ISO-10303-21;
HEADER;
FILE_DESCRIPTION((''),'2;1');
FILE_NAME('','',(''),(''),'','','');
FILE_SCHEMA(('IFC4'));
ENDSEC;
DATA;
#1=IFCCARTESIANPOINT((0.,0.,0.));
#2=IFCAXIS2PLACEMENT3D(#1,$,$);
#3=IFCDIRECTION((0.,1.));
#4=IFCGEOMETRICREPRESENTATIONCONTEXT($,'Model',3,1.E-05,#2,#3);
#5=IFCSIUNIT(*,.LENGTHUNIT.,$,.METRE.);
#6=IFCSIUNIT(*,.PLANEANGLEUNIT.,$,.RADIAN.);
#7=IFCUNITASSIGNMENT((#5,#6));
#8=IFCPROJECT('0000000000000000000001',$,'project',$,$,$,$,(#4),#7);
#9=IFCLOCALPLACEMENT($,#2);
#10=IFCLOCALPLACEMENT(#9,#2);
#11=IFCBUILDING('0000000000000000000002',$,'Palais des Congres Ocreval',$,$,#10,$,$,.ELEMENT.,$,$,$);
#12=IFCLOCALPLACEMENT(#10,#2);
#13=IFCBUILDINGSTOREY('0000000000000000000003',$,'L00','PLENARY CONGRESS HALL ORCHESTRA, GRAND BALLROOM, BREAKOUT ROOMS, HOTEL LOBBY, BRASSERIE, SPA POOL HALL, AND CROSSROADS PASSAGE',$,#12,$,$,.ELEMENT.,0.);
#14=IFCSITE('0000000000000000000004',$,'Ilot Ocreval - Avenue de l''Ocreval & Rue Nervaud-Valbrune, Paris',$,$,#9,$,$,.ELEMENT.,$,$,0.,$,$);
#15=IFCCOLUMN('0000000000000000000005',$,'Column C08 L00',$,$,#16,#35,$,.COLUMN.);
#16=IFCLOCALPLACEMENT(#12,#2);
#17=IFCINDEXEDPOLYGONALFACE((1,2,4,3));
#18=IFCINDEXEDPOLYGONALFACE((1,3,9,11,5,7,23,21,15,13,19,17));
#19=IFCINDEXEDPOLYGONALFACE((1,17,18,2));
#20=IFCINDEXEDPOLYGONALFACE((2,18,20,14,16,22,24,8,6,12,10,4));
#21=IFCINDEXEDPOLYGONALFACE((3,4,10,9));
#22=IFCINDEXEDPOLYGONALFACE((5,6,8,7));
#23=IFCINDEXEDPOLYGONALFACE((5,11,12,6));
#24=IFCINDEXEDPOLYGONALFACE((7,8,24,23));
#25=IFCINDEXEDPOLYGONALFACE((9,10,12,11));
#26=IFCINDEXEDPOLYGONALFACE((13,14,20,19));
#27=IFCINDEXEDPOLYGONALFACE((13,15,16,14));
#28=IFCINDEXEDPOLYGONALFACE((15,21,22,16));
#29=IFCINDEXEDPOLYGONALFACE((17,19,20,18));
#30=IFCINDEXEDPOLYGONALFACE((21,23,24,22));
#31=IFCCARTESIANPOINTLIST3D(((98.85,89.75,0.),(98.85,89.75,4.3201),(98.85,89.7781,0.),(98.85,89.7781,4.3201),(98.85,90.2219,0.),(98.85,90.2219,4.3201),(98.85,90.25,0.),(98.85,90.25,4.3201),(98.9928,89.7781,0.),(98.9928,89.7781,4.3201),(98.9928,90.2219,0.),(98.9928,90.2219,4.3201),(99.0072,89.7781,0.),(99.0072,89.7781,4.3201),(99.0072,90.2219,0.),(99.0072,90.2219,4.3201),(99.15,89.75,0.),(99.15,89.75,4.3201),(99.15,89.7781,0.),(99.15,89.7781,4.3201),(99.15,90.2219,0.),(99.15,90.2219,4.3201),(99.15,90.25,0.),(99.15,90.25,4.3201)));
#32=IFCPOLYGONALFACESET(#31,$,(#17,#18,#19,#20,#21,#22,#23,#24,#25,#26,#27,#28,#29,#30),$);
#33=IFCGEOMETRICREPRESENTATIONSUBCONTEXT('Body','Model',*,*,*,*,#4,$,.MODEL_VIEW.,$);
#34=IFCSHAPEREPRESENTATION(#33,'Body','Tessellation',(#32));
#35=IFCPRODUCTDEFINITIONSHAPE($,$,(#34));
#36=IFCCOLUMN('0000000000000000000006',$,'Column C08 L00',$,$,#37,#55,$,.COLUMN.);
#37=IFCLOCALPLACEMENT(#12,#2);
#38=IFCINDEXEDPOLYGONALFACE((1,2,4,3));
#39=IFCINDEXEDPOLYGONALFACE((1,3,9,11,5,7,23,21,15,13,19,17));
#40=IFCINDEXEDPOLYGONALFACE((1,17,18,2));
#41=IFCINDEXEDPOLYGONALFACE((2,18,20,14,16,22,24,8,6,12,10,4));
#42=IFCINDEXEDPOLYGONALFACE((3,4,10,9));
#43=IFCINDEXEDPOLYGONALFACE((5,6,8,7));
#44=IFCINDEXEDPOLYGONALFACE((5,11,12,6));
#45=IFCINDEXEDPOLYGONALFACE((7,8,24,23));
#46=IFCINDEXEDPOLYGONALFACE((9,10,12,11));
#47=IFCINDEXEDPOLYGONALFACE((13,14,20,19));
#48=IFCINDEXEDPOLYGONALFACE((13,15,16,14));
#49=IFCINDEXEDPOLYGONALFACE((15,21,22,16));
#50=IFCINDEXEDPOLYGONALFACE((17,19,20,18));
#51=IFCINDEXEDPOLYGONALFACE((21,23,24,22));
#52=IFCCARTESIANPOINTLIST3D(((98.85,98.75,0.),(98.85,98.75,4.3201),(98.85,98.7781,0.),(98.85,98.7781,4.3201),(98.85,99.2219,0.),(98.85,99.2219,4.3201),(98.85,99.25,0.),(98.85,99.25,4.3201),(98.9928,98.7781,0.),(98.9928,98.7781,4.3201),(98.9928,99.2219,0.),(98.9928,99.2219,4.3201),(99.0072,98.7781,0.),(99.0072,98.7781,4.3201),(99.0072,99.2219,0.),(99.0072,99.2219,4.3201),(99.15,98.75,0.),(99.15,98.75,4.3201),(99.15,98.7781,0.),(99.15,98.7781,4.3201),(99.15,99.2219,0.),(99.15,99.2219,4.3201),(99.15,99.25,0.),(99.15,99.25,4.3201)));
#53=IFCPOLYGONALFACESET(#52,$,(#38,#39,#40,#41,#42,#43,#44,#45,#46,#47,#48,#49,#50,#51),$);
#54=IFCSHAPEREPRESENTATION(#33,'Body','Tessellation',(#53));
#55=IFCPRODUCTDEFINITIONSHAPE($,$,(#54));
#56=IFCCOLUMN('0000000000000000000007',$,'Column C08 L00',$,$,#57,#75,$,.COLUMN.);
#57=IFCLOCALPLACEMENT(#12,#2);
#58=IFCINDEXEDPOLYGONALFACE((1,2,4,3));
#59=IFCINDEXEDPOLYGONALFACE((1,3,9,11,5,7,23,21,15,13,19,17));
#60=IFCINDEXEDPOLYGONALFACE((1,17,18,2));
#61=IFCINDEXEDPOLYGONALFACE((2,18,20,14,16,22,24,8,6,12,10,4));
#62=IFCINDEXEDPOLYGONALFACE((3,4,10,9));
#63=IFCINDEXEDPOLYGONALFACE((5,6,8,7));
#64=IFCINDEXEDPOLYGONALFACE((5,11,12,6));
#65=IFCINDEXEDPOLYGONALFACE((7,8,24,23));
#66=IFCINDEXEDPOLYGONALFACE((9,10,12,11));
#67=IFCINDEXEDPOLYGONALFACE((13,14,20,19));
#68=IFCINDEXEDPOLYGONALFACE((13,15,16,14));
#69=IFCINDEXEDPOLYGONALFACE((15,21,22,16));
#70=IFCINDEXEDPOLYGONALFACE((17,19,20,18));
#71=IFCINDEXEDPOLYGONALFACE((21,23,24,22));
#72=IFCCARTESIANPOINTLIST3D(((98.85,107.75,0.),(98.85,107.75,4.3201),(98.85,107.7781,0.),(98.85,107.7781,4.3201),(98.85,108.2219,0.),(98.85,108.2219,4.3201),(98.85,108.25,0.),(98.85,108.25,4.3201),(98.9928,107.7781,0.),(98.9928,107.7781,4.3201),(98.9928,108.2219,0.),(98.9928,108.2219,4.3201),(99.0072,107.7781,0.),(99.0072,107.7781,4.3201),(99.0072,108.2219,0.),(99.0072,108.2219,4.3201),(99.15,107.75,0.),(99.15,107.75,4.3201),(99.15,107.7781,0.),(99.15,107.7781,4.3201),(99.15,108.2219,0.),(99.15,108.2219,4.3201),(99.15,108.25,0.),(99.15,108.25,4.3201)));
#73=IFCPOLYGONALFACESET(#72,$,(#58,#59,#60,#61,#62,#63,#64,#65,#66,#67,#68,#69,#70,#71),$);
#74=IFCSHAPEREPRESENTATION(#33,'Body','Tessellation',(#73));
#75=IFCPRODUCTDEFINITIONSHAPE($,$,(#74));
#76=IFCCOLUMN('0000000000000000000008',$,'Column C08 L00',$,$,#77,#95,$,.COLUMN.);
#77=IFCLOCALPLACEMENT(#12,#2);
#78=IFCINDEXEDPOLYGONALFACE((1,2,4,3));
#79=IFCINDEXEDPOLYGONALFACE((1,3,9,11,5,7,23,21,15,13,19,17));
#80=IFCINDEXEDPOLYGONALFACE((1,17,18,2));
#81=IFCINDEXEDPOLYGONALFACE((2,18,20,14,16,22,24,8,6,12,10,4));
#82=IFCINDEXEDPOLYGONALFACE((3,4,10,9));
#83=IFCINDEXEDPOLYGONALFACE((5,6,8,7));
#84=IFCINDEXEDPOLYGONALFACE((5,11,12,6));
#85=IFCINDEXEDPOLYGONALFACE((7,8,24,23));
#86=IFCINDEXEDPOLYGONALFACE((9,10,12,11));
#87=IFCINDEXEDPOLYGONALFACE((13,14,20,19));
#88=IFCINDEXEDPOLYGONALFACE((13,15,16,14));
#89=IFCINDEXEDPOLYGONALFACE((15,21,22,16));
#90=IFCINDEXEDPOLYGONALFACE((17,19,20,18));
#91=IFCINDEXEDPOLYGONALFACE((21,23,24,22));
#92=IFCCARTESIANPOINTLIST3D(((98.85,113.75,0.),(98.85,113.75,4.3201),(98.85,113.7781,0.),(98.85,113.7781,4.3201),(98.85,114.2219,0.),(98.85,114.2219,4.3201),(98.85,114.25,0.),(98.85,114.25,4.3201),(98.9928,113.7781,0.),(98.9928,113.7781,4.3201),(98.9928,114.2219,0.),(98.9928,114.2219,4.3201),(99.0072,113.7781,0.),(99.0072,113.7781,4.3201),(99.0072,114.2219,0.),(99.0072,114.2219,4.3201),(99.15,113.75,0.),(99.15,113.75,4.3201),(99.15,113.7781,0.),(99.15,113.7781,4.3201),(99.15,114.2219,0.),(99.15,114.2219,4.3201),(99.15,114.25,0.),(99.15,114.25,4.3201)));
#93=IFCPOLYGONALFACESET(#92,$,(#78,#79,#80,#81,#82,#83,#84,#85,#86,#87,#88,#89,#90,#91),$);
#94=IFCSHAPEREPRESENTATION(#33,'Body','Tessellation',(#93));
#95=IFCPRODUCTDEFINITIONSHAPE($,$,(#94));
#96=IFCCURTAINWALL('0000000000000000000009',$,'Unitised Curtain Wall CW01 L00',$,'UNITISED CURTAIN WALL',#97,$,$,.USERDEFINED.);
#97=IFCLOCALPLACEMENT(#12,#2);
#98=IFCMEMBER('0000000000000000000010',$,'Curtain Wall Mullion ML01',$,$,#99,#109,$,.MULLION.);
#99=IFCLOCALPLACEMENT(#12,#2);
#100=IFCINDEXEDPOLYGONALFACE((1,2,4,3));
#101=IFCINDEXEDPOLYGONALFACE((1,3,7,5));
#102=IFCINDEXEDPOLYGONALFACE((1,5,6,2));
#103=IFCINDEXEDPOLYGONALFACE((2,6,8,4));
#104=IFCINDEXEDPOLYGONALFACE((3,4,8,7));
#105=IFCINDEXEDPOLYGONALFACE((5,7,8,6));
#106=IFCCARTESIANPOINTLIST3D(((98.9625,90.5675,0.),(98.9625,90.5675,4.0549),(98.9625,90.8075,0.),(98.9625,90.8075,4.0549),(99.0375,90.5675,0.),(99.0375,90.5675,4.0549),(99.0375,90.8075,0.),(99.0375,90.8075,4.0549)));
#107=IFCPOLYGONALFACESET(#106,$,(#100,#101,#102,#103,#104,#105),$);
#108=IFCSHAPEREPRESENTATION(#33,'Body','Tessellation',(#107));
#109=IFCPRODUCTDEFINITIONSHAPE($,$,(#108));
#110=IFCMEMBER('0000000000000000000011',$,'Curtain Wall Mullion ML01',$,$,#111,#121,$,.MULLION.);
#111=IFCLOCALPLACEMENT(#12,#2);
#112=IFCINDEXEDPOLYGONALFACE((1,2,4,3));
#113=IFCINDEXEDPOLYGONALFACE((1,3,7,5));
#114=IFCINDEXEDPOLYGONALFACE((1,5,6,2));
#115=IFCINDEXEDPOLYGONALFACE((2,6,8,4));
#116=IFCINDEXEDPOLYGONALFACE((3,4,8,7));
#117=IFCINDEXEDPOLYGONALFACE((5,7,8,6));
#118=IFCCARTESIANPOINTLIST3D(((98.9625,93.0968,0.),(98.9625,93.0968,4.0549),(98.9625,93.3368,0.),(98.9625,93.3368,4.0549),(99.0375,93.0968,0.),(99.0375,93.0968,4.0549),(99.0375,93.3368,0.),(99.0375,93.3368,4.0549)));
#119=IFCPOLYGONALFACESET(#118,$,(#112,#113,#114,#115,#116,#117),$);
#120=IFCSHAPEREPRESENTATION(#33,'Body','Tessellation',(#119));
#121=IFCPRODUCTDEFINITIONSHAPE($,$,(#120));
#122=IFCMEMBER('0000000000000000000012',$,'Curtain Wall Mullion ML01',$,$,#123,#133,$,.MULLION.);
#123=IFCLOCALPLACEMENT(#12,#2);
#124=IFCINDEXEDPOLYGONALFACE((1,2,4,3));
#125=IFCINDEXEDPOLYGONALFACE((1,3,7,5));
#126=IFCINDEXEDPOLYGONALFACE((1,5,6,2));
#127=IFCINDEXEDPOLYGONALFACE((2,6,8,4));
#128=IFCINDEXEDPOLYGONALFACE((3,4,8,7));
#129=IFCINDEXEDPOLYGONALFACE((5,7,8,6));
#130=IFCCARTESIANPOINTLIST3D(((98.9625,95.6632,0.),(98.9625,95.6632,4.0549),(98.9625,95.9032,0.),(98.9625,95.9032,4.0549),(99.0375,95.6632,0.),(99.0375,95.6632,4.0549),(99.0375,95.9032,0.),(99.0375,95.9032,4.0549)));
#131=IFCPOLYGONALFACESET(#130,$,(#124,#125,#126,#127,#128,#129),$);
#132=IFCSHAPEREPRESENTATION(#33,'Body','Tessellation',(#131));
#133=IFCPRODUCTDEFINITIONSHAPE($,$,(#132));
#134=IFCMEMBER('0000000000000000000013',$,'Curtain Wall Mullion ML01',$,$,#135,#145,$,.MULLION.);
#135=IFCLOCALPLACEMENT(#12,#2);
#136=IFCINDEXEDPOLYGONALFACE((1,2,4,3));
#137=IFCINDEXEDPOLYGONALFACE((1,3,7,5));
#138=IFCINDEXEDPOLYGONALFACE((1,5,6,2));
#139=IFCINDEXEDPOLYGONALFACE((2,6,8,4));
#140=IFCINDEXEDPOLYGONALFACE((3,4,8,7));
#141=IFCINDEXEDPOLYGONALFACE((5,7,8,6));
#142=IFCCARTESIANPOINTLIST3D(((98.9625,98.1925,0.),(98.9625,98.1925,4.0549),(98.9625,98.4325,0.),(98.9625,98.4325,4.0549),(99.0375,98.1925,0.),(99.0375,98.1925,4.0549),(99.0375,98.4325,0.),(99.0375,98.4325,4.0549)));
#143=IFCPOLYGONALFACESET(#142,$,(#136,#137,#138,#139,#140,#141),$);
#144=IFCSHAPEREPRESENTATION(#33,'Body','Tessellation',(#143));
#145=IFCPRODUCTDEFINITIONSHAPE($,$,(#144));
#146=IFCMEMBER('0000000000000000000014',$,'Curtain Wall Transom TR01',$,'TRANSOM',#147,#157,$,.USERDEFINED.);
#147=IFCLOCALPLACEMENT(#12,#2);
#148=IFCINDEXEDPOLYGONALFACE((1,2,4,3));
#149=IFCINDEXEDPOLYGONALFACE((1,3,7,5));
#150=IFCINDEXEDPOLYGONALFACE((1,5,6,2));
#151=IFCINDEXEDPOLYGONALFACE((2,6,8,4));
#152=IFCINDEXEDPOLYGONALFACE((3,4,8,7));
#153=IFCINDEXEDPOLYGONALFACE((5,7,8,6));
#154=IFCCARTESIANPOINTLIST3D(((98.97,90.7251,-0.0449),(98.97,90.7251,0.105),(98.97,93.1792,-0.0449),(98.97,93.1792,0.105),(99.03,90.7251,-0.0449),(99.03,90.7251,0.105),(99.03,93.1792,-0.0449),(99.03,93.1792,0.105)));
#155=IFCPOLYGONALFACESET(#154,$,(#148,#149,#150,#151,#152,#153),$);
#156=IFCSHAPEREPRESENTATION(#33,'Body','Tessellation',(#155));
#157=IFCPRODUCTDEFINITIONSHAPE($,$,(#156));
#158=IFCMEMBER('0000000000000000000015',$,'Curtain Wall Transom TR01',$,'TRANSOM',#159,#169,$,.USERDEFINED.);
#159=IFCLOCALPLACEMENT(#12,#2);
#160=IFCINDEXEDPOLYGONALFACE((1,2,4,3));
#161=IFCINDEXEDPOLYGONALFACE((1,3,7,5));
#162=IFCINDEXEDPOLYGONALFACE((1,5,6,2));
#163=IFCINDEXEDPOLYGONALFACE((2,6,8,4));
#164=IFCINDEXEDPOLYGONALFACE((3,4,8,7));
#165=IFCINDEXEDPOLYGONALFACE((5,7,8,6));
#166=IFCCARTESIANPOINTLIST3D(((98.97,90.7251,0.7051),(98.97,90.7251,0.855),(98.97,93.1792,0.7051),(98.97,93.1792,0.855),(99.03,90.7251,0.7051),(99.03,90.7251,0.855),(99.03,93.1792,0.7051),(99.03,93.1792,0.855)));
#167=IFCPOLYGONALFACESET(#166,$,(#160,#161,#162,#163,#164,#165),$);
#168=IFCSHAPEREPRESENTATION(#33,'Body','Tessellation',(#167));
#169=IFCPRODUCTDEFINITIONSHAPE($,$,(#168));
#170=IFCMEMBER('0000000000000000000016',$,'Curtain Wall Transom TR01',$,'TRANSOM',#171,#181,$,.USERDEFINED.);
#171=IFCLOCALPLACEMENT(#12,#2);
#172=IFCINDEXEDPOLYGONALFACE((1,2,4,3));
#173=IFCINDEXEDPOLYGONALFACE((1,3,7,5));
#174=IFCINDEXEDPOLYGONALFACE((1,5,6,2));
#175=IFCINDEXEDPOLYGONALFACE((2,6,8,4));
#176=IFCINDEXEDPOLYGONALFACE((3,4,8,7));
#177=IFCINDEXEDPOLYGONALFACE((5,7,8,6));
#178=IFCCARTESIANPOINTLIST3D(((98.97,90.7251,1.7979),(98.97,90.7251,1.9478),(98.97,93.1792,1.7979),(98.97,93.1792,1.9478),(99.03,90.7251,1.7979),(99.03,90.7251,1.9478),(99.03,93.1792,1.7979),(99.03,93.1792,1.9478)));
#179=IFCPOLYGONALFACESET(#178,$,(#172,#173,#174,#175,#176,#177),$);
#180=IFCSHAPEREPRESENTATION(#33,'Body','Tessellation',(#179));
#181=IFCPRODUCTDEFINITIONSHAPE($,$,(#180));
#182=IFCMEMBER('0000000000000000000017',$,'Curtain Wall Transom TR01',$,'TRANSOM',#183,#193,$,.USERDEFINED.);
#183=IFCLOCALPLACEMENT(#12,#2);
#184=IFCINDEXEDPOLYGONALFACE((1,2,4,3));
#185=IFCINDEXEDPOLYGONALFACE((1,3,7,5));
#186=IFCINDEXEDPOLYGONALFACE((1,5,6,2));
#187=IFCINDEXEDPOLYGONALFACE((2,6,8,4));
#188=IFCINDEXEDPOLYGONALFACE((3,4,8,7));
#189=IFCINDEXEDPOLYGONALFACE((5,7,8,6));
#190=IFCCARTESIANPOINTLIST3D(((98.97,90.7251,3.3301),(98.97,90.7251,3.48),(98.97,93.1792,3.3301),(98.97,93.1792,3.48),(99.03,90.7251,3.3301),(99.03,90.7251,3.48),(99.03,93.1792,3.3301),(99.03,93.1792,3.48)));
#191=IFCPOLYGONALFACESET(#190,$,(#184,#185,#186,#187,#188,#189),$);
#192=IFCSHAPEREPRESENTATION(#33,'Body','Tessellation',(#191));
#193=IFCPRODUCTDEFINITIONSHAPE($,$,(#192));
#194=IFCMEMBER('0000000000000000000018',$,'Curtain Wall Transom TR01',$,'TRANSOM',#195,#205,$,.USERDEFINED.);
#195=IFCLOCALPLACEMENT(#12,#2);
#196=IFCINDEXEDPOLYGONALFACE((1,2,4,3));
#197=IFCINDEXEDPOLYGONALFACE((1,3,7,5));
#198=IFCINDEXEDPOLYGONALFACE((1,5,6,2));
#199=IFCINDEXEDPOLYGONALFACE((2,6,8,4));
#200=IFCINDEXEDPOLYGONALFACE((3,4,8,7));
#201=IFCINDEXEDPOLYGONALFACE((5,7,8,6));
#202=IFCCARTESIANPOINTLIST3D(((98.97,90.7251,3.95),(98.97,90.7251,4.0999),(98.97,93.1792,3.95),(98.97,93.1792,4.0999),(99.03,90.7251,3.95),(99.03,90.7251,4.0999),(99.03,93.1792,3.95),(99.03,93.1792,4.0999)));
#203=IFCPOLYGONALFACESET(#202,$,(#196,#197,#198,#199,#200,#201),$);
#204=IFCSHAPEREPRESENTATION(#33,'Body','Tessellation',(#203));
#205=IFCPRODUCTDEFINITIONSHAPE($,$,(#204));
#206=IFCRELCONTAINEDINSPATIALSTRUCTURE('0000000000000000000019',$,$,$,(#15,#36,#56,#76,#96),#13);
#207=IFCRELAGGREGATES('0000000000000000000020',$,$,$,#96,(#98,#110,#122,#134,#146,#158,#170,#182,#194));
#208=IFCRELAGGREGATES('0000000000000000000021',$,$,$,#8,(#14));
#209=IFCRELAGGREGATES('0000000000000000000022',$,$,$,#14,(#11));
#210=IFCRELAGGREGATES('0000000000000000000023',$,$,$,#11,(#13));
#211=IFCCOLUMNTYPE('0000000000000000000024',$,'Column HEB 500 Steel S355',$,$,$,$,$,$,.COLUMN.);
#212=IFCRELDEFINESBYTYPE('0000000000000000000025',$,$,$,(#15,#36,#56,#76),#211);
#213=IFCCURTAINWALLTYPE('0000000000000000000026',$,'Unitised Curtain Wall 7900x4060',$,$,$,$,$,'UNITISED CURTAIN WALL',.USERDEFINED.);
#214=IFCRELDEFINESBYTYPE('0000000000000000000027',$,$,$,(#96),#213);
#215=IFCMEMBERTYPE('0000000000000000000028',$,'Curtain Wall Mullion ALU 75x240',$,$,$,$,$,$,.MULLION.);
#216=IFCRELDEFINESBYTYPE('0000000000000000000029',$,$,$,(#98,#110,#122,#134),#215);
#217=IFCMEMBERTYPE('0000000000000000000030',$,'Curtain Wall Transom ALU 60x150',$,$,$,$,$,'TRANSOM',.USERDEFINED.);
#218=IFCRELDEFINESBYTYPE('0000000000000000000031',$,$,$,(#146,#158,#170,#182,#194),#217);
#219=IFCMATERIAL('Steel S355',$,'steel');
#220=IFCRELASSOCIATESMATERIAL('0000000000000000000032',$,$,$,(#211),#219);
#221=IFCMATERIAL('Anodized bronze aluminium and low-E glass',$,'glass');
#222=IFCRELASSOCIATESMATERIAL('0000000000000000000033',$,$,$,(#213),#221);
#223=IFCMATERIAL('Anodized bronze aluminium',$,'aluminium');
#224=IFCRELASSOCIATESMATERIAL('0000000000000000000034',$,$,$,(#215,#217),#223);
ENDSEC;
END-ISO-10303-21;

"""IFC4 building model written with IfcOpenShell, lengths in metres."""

from ifc_helpers import new_model, si_unit, direction, frame, origin, origin_2d, place, context, subcontext, project, spatial, rectangle, i_section, extrude, material, material_profile, profile_set, type_object, element, aggregate, save


model = new_model("IFC4")

# Units and contexts
model_context = context("Model", 3, precision=1e-05, world=origin(), true_north=direction((0.0, 1.0)))
body_context = subcontext(model_context, "Body", "Model", "MODEL_VIEW")
ifc_project = project(units=[si_unit("LENGTHUNIT", "METRE"), si_unit("PLANEANGLEUNIT", "RADIAN")], contexts=[model_context])

# Site, building, storey
site_placement = place(None, origin())
site = spatial("IfcSite", under=ifc_project, at=site_placement, Name="Ilot Ocreval - Avenue de l'Ocreval & Rue Nervaud-Valbrune, Paris", CompositionType="ELEMENT", RefElevation=0.0)
building_placement = place(site_placement, origin())
building = spatial("IfcBuilding", under=site, at=building_placement, Name="Palais des Congres Ocreval", CompositionType="ELEMENT")
storey_placement = place(building_placement, origin())
storey = spatial("IfcBuildingStorey", under=building, at=storey_placement, Name="L00", Description="PLENARY CONGRESS HALL ORCHESTRA, GRAND BALLROOM, BREAKOUT ROOMS, HOTEL LOBBY, BRASSERIE, SPA POOL HALL, AND CROSSROADS PASSAGE", CompositionType="ELEMENT", Elevation=0.0)

# Columns
ifc_material_1 = material(Name="Steel S355", Category="steel")
ifc_material_profile_1 = material_profile(ifc_material_1, i_section(OverallWidth=0.3, OverallDepth=0.5, WebThickness=0.0144, FlangeThickness=0.0281, at=origin_2d()), Name="HEB 500")
ifc_profile_set_1 = profile_set([ifc_material_profile_1], Name="Steel S355")
column_type = type_object("IfcColumnType", Name="Column HEB 500 Steel S355", PredefinedType="COLUMN", material=ifc_profile_set_1)
for number, where, z_axis, x_axis, name in (
    (1, (99.0, 90.0, 0.0), (0.0, 0.0, 1.0), (1.0, 0.0, 0.0), "Column C08 L00"),
    (2, (99.0, 99.0, 0.0), (0.0, 0.0, 1.0), (1.0, 0.0, 0.0), "Column C08 L00"),
    (3, (99.0, 108.0, 0.0), (0.0, 0.0, 1.0), (1.0, 0.0, 0.0), "Column C08 L00"),
    (4, (99.0, 114.0, 0.0), (0.0, 0.0, 1.0), (1.0, 0.0, 0.0), "Column C08 L00"),
):
    element("IfcColumn", number, at=place(storey_placement, frame(where, z_axis=z_axis, x_axis=x_axis)), inside=storey, type_object=column_type, Name=name, PredefinedType="COLUMN", context=body_context, shape_type="SweptSolid", body=[
        extrude(i_section(OverallWidth=0.3, OverallDepth=0.5, WebThickness=0.0144, FlangeThickness=0.0281, at=origin_2d()), origin(), (0.0, 0.0, 1.0), 4.3201),
    ])

# Curtain wall, members
ifc_material_2 = material(Name="Anodized bronze aluminium and low-E glass", Category="glass")
curtain_wall_type = type_object("IfcCurtainWallType", Name="Unitised Curtain Wall 7900x4060", ElementType="UNITISED CURTAIN WALL", PredefinedType="USERDEFINED", material=ifc_material_2)
curtain_wall_placement = place(storey_placement, origin())
curtain_wall = element("IfcCurtainWall", 5, at=curtain_wall_placement, inside=storey, type_object=curtain_wall_type, Name="Unitised Curtain Wall CW01 L00", ObjectType="UNITISED CURTAIN WALL", PredefinedType="USERDEFINED")
ifc_material_3 = material(Name="Anodized bronze aluminium", Category="aluminium")
ifc_material_profile_2 = material_profile(ifc_material_3, rectangle(XDim=0.075, YDim=0.24, at=origin_2d()), Name="ALU 75x240")
ifc_profile_set_2 = profile_set([ifc_material_profile_2], Name="Anodized bronze aluminium")
member_type_1 = type_object("IfcMemberType", Name="Curtain Wall Mullion ALU 75x240", PredefinedType="MULLION", material=ifc_profile_set_2)
member_1_placement = place(storey_placement, frame((99.0, 90.6875, 0.0), z_axis=(0.0, 0.0, 1.0), x_axis=(-1.0, 0.0, 0.0)))
member_1 = element("IfcMember", 6, at=member_1_placement, type_object=member_type_1, Name="Curtain Wall Mullion ML01", PredefinedType="MULLION", context=body_context, shape_type="SweptSolid", body=[
    extrude(rectangle(XDim=0.075, YDim=0.24, at=origin_2d()), origin(), (0.0, 0.0, 1.0), 4.0549),
])
member_2_placement = place(storey_placement, frame((99.0, 93.2168, 0.0), z_axis=(0.0, 0.0, 1.0), x_axis=(-1.0, 0.0, 0.0)))
member_2 = element("IfcMember", 7, at=member_2_placement, type_object=member_type_1, Name="Curtain Wall Mullion ML01", PredefinedType="MULLION", context=body_context, shape_type="SweptSolid", body=[
    extrude(rectangle(XDim=0.075, YDim=0.24, at=origin_2d()), origin(), (0.0, 0.0, 1.0), 4.0549),
])
member_3_placement = place(storey_placement, frame((99.0, 95.7832, 0.0), z_axis=(0.0, 0.0, 1.0), x_axis=(-1.0, 0.0, 0.0)))
member_3 = element("IfcMember", 8, at=member_3_placement, type_object=member_type_1, Name="Curtain Wall Mullion ML01", PredefinedType="MULLION", context=body_context, shape_type="SweptSolid", body=[
    extrude(rectangle(XDim=0.075, YDim=0.24, at=origin_2d()), origin(), (0.0, 0.0, 1.0), 4.0549),
])
member_4_placement = place(storey_placement, frame((99.0, 98.3125, 0.0), z_axis=(0.0, 0.0, 1.0), x_axis=(-1.0, 0.0, 0.0)))
member_4 = element("IfcMember", 9, at=member_4_placement, type_object=member_type_1, Name="Curtain Wall Mullion ML01", PredefinedType="MULLION", context=body_context, shape_type="SweptSolid", body=[
    extrude(rectangle(XDim=0.075, YDim=0.24, at=origin_2d()), origin(), (0.0, 0.0, 1.0), 4.0549),
])
ifc_material_profile_3 = material_profile(ifc_material_3, rectangle(XDim=0.0601, YDim=0.1499, at=origin_2d()), Name="ALU 60x150")
ifc_profile_set_3 = profile_set([ifc_material_profile_3], Name="Anodized bronze aluminium")
member_type_2 = type_object("IfcMemberType", Name="Curtain Wall Transom ALU 60x150", ElementType="TRANSOM", PredefinedType="USERDEFINED", material=ifc_profile_set_3)
member_5_placement = place(storey_placement, frame((99.0, 90.7251, 0.03), z_axis=(0.0, 1.0, 0.0), x_axis=(-1.0, 0.0, 0.0)))
member_5 = element("IfcMember", 10, at=member_5_placement, type_object=member_type_2, Name="Curtain Wall Transom TR01", ObjectType="TRANSOM", PredefinedType="USERDEFINED", context=body_context, shape_type="SweptSolid", body=[
    extrude(rectangle(XDim=0.0601, YDim=0.1499, at=origin_2d()), origin(), (0.0, 0.0, 1.0), 2.4541),
])
member_6_placement = place(storey_placement, frame((99.0, 90.7251, 0.78), z_axis=(0.0, 1.0, 0.0), x_axis=(-1.0, 0.0, 0.0)))
member_6 = element("IfcMember", 11, at=member_6_placement, type_object=member_type_2, Name="Curtain Wall Transom TR01", ObjectType="TRANSOM", PredefinedType="USERDEFINED", context=body_context, shape_type="SweptSolid", body=[
    extrude(rectangle(XDim=0.0601, YDim=0.1499, at=origin_2d()), origin(), (0.0, 0.0, 1.0), 2.4541),
])
member_7_placement = place(storey_placement, frame((99.0, 90.7251, 1.8728), z_axis=(0.0, 1.0, 0.0), x_axis=(-1.0, 0.0, 0.0)))
member_7 = element("IfcMember", 12, at=member_7_placement, type_object=member_type_2, Name="Curtain Wall Transom TR01", ObjectType="TRANSOM", PredefinedType="USERDEFINED", context=body_context, shape_type="SweptSolid", body=[
    extrude(rectangle(XDim=0.0601, YDim=0.1499, at=origin_2d()), origin(), (0.0, 0.0, 1.0), 2.4541),
])
member_8_placement = place(storey_placement, frame((99.0, 90.7251, 3.405), z_axis=(0.0, 1.0, 0.0), x_axis=(-1.0, 0.0, 0.0)))
member_8 = element("IfcMember", 13, at=member_8_placement, type_object=member_type_2, Name="Curtain Wall Transom TR01", ObjectType="TRANSOM", PredefinedType="USERDEFINED", context=body_context, shape_type="SweptSolid", body=[
    extrude(rectangle(XDim=0.0601, YDim=0.1499, at=origin_2d()), origin(), (0.0, 0.0, 1.0), 2.4541),
])
member_9_placement = place(storey_placement, frame((99.0, 90.7251, 4.0249), z_axis=(0.0, 1.0, 0.0), x_axis=(-1.0, 0.0, 0.0)))
member_9 = element("IfcMember", 14, at=member_9_placement, type_object=member_type_2, Name="Curtain Wall Transom TR01", ObjectType="TRANSOM", PredefinedType="USERDEFINED", context=body_context, shape_type="SweptSolid", body=[
    extrude(rectangle(XDim=0.0601, YDim=0.1499, at=origin_2d()), origin(), (0.0, 0.0, 1.0), 2.4541),
])

aggregate(curtain_wall, [member_1, member_2, member_3, member_4, member_5, member_6, member_7, member_8, member_9])

save(model, "model.ifc")
